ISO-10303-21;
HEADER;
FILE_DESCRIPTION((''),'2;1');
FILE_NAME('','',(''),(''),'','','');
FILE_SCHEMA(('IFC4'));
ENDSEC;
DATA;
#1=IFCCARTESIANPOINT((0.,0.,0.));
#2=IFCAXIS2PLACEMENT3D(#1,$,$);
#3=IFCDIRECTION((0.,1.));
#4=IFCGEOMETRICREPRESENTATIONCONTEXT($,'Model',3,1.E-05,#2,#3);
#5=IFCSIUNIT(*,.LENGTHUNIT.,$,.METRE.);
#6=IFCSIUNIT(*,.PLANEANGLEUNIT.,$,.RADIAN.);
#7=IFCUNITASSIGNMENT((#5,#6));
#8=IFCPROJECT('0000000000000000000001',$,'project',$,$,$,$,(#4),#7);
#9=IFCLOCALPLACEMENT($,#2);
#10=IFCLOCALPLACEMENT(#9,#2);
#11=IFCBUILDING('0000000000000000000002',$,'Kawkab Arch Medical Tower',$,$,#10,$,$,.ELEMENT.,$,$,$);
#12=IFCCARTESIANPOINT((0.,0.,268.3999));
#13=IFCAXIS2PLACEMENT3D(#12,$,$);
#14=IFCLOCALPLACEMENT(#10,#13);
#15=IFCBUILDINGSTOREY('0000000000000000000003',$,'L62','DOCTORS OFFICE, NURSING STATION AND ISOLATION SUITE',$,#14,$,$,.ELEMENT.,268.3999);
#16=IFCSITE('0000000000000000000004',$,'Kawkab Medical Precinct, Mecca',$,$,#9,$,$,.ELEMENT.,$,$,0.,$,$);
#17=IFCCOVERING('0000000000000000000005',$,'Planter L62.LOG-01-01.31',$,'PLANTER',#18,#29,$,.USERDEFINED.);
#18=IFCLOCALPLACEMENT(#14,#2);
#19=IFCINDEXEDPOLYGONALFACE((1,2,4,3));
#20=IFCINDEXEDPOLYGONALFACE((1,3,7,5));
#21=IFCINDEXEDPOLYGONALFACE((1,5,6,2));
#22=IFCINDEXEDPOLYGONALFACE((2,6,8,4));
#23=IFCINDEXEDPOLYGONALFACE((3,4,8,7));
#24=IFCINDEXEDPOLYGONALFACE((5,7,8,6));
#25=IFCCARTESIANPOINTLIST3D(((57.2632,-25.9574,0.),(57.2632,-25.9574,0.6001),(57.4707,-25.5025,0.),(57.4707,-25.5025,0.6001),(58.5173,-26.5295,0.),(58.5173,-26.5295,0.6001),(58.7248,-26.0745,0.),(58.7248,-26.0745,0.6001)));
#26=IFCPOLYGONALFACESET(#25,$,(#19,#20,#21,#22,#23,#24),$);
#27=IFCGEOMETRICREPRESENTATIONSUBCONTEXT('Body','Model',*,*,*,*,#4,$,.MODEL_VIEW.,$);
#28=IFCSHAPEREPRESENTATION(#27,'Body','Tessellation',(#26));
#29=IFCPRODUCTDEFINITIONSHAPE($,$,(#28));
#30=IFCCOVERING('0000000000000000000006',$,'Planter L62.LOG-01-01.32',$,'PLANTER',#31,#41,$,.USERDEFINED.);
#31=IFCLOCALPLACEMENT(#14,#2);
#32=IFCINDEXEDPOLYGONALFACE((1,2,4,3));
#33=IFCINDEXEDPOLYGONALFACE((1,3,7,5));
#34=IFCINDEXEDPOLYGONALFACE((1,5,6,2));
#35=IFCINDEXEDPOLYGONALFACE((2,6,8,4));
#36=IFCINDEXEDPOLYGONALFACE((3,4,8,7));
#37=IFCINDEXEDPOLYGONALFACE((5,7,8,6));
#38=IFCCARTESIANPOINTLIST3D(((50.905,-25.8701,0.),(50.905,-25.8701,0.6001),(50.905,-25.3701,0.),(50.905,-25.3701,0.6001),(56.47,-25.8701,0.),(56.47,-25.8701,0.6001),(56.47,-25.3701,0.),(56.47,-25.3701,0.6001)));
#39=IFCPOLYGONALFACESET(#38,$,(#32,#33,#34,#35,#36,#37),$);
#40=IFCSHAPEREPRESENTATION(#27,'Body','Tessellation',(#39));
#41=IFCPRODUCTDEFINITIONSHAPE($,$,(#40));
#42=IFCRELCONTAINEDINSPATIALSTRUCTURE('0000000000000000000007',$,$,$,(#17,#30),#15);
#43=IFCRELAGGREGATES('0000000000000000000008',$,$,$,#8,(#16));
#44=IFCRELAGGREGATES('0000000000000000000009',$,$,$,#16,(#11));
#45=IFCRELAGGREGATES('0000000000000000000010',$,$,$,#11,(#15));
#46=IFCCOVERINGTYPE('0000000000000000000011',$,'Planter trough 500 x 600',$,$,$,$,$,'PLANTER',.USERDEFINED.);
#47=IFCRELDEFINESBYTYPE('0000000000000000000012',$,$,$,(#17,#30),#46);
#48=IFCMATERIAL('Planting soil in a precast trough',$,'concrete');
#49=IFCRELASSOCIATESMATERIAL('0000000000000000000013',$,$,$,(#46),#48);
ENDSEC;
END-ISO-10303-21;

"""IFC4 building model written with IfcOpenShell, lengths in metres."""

from ifc_helpers import new_model, si_unit, direction, frame, origin, origin_2d, place, context, subcontext, project, spatial, rectangle, extrude, material, material_profile, profile_set, type_object, element, save


model = new_model("IFC4")

# Units and contexts
model_context = context("Model", 3, precision=1e-05, world=origin(), true_north=direction((0.0, 1.0)))
body_context = subcontext(model_context, "Body", "Model", "MODEL_VIEW")
ifc_project = project(units=[si_unit("LENGTHUNIT", "METRE"), si_unit("PLANEANGLEUNIT", "RADIAN")], contexts=[model_context])

# Site, building, storey
site_placement = place(None, origin())
site = spatial("IfcSite", under=ifc_project, at=site_placement, Name="Kawkab Medical Precinct, Mecca", CompositionType="ELEMENT", RefElevation=0.0)
building_placement = place(site_placement, origin())
building = spatial("IfcBuilding", under=site, at=building_placement, Name="Kawkab Arch Medical Tower", CompositionType="ELEMENT")
storey_placement = place(building_placement, frame((0.0, 0.0, 268.3999)))
storey = spatial("IfcBuildingStorey", under=building, at=storey_placement, Name="L62", Description="DOCTORS OFFICE, NURSING STATION AND ISOLATION SUITE", CompositionType="ELEMENT", Elevation=268.3999)

# Coverings
ifc_material_1 = material(Name="Planting soil in a precast trough", Category="concrete")
ifc_material_profile_1 = material_profile(ifc_material_1, rectangle(XDim=0.5, YDim=0.6001, at=origin_2d()), Name="Trough 500x600")
ifc_profile_set_1 = profile_set([ifc_material_profile_1], Name="Planting soil in a precast trough")
covering_type = type_object("IfcCoveringType", Name="Planter trough 500 x 600", ElementType="PLANTER", PredefinedType="USERDEFINED", material=ifc_profile_set_1)
covering_1_placement = place(storey_placement, frame((58.6211, -26.302, 0.3), z_axis=(-0.909832, 0.414977, 0.0), x_axis=(-0.414977, -0.909832, 0.0)))
element("IfcCovering", 1, at=covering_1_placement, inside=storey, type_object=covering_type, Name="Planter L62.LOG-01-01.31", ObjectType="PLANTER", PredefinedType="USERDEFINED", context=body_context, shape_type="SweptSolid", body=[
    extrude(rectangle(XDim=0.5, YDim=0.6001, at=origin_2d()), origin(), (0.0, 0.0, 1.0), 1.3784),
])
covering_2_placement = place(storey_placement, frame((56.47, -25.6201, 0.3), z_axis=(-1.0, 0.0, 0.0), x_axis=(0.0, -1.0, 0.0)))
element("IfcCovering", 2, at=covering_2_placement, inside=storey, type_object=covering_type, Name="Planter L62.LOG-01-01.32", ObjectType="PLANTER", PredefinedType="USERDEFINED", context=body_context, shape_type="SweptSolid", body=[
    extrude(rectangle(XDim=0.5, YDim=0.6001, at=origin_2d()), origin(), (0.0, 0.0, 1.0), 5.5649),
])

save(model, "model.ifc")
